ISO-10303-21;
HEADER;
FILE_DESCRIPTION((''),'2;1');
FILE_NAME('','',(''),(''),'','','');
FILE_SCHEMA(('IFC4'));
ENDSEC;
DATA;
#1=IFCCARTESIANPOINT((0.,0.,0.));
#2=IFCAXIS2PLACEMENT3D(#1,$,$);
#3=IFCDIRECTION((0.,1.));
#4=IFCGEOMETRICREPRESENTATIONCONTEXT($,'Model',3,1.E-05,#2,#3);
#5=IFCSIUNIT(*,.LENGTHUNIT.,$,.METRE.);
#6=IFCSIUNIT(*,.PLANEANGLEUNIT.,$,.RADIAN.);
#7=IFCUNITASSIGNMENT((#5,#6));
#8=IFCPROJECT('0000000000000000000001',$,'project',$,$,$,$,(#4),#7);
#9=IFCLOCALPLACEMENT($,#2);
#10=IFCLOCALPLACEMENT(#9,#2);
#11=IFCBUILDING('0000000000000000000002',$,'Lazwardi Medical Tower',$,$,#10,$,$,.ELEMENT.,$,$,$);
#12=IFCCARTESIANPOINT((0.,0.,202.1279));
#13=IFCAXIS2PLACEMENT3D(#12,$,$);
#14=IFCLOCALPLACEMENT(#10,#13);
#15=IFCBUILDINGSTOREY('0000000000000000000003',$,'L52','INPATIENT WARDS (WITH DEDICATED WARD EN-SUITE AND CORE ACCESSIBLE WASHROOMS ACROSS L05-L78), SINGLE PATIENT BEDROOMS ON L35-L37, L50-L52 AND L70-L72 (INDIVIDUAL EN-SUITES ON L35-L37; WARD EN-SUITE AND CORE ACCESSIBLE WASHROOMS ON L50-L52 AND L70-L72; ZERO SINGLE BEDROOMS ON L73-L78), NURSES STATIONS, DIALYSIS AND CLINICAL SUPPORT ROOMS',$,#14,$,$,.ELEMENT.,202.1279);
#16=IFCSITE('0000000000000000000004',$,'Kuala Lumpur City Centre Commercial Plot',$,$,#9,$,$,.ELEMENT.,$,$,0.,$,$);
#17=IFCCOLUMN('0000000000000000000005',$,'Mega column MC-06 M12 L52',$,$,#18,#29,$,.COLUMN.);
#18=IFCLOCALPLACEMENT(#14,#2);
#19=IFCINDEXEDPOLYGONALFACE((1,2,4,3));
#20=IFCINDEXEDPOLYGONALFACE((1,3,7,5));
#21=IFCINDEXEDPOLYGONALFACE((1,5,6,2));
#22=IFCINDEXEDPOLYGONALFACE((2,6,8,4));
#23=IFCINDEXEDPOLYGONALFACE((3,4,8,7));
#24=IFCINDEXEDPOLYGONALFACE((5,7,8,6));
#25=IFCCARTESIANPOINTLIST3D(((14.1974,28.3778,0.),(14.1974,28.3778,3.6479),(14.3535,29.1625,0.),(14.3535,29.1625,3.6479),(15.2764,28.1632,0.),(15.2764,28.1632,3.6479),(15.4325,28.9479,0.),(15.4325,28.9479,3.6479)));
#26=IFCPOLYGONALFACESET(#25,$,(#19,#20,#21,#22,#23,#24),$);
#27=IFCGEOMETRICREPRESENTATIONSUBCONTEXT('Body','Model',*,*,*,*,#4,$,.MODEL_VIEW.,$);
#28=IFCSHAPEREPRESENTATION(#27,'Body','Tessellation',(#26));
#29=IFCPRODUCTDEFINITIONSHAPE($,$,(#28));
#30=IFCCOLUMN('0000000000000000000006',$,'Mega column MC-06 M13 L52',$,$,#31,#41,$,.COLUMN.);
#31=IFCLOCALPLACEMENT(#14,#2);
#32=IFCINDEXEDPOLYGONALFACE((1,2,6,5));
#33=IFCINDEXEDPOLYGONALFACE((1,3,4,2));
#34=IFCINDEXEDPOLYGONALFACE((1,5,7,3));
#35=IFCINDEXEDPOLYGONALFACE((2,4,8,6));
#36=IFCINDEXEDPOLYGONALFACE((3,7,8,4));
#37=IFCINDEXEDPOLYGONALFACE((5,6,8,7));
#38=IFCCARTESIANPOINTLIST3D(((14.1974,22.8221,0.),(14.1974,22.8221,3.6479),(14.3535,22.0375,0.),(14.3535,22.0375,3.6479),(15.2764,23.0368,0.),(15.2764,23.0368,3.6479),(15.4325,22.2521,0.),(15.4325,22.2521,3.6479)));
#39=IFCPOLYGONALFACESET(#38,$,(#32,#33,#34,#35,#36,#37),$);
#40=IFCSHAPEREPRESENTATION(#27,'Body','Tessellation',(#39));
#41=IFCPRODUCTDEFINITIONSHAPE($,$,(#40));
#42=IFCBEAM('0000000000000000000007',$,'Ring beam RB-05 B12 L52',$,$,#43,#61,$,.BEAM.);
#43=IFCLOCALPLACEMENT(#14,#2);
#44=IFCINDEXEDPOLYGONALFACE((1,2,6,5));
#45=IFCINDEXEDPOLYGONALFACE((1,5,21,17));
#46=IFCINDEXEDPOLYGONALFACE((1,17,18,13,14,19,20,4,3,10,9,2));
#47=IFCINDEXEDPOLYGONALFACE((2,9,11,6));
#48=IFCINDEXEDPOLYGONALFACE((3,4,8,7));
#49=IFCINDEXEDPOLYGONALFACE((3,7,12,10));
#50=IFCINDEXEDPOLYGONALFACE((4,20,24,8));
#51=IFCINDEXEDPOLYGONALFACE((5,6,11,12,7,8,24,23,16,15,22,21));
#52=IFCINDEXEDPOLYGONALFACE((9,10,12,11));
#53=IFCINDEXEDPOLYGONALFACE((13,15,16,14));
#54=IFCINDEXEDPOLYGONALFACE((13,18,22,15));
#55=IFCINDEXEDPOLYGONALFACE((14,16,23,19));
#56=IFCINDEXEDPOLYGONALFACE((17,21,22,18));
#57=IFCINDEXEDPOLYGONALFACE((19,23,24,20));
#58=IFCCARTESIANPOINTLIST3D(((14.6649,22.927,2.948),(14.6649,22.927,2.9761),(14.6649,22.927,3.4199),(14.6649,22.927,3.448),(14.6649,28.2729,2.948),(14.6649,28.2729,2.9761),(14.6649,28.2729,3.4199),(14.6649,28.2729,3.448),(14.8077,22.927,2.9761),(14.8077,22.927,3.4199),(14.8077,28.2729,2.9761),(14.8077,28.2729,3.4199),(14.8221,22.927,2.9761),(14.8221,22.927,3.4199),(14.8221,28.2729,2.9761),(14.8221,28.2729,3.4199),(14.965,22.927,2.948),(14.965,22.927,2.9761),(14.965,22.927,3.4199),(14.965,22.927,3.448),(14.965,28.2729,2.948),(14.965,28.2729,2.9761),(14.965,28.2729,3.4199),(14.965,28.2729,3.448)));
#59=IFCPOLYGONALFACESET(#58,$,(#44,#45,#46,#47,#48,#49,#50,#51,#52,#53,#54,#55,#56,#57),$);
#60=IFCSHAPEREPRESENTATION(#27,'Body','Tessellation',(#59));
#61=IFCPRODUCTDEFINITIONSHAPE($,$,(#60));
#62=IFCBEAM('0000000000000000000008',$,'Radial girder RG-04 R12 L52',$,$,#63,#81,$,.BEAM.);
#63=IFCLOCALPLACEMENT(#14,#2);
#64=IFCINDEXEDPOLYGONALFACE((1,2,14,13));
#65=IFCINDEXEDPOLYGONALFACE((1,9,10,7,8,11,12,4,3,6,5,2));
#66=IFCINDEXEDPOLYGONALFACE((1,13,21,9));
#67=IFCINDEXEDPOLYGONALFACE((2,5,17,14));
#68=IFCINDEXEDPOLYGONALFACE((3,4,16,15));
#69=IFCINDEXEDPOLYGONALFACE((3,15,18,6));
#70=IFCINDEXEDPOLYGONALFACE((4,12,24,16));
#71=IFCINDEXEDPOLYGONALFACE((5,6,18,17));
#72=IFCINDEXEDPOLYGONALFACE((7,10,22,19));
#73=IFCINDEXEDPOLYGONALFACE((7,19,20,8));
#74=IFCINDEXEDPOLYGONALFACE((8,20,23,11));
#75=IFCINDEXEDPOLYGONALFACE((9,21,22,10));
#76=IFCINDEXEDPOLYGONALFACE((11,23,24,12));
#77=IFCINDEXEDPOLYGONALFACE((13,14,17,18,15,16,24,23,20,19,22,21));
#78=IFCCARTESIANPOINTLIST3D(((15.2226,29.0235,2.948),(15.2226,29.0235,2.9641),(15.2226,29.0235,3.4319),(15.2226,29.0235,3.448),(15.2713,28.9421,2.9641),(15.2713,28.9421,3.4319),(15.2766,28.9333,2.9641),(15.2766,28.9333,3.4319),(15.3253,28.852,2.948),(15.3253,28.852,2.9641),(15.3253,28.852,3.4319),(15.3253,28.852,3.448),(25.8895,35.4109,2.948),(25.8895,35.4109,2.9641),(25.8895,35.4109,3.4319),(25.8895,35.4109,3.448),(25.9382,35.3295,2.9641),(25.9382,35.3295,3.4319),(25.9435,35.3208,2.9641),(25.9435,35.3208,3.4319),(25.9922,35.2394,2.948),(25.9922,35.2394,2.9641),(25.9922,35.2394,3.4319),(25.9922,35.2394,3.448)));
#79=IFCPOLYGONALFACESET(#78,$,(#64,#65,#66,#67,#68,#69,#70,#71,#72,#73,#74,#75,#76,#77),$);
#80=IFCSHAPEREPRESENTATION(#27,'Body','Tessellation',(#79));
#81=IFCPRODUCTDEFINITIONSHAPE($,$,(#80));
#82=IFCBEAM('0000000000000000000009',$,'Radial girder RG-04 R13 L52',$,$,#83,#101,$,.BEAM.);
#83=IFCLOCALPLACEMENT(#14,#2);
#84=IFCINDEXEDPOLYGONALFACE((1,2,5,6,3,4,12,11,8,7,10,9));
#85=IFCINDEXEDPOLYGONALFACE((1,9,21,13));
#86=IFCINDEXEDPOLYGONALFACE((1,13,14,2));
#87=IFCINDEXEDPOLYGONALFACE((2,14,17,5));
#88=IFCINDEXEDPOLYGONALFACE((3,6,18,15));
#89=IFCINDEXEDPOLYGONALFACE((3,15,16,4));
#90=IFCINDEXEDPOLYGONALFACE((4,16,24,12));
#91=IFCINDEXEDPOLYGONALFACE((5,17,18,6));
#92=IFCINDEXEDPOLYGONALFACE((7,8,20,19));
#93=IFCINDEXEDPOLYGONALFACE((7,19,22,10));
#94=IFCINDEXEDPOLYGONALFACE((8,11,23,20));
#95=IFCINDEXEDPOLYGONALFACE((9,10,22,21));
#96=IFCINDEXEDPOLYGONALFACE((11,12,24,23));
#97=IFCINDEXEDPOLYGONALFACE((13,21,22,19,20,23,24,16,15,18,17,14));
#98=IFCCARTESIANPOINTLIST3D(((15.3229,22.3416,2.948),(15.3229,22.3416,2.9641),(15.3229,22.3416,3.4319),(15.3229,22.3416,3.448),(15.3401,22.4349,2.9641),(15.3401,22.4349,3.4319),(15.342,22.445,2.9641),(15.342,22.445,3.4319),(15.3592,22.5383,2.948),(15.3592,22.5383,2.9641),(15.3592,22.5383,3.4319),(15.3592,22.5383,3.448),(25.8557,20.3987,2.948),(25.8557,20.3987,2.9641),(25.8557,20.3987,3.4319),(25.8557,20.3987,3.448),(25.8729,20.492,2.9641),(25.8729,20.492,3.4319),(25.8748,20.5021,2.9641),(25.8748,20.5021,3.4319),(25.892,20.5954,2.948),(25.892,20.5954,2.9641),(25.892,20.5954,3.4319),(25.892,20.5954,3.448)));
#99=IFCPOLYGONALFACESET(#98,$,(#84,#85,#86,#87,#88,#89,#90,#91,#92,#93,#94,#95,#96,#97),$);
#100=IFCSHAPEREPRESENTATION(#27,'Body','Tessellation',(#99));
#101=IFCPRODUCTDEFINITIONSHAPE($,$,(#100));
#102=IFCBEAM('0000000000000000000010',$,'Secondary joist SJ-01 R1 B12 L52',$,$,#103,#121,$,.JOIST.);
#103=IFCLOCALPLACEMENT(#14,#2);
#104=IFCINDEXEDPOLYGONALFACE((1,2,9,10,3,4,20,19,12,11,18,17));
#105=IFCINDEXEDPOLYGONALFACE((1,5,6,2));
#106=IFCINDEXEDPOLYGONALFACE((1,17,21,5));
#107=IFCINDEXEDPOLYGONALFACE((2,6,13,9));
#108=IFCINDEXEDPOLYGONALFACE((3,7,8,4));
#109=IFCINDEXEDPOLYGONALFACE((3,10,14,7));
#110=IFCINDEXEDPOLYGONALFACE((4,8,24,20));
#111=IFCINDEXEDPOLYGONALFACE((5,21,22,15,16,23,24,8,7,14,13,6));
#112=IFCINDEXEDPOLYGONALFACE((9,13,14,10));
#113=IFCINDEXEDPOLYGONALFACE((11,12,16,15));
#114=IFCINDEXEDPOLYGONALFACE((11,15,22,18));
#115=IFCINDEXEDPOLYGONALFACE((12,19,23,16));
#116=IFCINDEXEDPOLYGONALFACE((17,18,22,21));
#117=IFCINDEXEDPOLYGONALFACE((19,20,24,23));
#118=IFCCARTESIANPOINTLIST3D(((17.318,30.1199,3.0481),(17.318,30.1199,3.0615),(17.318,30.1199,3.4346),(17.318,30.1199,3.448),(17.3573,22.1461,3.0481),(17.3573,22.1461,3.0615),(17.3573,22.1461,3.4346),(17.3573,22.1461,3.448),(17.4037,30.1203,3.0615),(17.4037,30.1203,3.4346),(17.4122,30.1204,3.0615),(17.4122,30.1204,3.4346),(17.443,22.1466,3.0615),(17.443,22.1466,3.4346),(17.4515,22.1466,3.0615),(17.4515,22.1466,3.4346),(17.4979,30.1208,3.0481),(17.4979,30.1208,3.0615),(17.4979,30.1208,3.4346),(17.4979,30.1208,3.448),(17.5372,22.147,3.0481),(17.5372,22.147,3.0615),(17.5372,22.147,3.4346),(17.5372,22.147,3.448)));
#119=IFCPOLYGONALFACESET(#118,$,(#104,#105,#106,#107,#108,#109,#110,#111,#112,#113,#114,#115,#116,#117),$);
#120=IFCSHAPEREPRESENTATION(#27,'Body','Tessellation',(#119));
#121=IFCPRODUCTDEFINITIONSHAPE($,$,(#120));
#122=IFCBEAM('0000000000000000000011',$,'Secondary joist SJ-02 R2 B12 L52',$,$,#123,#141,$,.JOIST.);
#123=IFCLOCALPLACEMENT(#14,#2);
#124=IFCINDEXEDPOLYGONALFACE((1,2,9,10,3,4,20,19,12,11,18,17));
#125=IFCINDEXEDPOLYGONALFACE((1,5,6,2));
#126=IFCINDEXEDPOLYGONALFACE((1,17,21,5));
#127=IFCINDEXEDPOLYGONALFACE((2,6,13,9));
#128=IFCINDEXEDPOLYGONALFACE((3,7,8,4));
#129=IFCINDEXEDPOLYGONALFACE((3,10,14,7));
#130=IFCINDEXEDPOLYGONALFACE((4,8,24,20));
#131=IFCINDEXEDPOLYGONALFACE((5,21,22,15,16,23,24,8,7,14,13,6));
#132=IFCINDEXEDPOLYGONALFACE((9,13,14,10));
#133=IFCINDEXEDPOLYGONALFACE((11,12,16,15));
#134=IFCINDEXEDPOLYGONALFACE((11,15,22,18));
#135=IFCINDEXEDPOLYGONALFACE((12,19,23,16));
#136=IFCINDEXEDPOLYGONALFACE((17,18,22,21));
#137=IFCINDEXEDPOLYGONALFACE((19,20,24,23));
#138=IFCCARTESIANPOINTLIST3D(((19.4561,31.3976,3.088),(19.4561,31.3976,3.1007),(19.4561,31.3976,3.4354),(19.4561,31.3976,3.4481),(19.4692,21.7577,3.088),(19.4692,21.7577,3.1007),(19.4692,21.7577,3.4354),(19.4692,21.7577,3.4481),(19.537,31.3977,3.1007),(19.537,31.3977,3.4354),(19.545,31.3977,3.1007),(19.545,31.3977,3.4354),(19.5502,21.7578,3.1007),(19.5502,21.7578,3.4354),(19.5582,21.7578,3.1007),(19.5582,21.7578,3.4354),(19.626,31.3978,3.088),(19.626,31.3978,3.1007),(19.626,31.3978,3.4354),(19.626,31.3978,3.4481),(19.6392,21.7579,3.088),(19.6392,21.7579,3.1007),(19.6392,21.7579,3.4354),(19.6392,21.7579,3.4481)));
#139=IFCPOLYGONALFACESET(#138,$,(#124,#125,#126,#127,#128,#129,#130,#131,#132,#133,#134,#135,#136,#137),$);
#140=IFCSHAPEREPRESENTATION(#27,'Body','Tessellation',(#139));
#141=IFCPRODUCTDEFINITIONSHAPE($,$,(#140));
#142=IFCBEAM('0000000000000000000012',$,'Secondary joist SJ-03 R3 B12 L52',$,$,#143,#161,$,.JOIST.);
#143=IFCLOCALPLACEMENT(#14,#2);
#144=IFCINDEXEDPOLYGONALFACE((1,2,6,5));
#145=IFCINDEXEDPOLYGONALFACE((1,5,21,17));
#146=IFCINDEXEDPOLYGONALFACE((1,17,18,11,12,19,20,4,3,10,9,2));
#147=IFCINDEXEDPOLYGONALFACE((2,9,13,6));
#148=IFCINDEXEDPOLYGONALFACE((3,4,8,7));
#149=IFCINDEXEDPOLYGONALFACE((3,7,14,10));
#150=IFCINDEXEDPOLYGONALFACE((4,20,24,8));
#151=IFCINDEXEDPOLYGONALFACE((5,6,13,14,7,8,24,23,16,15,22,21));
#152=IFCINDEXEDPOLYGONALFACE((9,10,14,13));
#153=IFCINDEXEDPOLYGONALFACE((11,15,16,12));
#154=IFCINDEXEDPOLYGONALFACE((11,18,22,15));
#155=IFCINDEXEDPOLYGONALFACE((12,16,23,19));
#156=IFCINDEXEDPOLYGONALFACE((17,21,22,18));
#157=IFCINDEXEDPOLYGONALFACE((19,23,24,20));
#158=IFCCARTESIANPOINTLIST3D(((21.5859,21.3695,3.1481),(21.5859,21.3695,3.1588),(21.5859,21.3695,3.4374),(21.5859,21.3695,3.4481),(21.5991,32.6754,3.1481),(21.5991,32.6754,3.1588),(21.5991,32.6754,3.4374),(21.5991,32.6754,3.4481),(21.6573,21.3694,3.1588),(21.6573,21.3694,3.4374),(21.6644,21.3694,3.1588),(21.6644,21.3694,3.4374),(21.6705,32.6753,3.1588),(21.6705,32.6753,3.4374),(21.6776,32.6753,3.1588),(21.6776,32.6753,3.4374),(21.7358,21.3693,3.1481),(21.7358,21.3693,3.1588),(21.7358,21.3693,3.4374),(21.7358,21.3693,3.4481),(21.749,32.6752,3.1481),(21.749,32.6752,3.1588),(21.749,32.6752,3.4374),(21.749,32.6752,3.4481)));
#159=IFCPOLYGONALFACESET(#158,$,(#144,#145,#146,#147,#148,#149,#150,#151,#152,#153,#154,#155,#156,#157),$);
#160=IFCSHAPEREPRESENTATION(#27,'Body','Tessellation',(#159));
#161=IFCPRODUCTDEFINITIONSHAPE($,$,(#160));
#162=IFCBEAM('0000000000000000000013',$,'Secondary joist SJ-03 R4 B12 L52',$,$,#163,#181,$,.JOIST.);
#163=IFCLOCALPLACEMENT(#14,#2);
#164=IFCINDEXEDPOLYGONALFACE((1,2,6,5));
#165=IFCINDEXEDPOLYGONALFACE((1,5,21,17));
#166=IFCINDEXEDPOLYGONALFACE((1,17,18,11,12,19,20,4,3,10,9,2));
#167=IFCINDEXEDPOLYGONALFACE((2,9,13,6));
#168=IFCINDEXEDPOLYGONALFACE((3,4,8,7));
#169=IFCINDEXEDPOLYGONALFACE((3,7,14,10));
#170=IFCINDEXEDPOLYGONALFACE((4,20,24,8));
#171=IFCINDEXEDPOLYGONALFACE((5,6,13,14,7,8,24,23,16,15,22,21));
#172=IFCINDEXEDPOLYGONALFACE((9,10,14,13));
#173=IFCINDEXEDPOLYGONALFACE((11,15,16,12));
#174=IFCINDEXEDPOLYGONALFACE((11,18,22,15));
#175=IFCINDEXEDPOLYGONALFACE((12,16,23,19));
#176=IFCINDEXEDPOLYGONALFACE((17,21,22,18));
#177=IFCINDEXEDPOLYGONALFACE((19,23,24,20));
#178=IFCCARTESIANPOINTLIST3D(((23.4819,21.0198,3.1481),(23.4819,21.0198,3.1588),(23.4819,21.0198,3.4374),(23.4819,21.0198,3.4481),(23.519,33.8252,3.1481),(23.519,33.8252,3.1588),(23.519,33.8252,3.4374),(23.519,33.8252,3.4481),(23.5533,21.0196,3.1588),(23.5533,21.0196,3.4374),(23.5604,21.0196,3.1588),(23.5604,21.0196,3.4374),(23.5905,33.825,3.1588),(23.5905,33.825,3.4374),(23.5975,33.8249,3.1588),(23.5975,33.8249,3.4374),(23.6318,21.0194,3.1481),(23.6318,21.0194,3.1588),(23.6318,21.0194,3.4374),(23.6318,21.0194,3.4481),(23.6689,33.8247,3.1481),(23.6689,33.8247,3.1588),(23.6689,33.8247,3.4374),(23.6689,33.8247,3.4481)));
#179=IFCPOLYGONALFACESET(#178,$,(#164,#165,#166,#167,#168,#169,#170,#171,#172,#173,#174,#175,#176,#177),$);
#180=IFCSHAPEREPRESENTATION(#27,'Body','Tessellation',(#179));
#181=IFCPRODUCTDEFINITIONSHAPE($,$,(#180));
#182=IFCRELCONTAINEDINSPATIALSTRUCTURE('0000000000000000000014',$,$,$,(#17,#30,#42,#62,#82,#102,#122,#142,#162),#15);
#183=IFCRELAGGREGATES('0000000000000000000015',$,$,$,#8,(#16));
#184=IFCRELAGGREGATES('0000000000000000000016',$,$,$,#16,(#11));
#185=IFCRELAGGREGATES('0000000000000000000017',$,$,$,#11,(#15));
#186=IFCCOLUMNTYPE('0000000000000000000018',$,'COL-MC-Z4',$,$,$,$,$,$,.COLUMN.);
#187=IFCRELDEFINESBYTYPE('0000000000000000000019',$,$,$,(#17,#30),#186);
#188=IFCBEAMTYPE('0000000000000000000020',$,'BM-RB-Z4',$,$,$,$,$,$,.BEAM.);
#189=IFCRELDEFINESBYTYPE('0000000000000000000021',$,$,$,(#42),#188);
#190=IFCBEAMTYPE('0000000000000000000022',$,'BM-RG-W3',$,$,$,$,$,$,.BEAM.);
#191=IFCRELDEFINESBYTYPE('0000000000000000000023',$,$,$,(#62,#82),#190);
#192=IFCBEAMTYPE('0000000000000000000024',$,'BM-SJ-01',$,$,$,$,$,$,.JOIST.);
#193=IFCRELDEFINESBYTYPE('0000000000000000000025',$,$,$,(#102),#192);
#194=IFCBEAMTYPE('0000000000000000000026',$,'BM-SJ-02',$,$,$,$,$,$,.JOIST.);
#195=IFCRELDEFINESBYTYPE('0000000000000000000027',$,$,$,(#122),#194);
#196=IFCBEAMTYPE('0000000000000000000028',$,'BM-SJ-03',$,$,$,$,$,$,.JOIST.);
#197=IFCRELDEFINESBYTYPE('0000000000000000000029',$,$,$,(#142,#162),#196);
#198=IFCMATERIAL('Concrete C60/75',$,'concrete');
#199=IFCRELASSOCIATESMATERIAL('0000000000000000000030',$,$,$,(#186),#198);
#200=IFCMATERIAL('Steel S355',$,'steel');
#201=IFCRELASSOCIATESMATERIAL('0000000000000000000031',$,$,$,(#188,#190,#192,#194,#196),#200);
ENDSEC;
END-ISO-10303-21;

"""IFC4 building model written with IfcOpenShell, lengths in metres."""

from ifc_helpers import new_model, si_unit, direction, frame, origin, origin_2d, place, context, subcontext, project, spatial, rectangle, i_section, extrude, material, material_profile, profile_set, type_object, element, save


model = new_model("IFC4")

# Units and contexts
model_context = context("Model", 3, precision=1e-05, world=origin(), true_north=direction((0.0, 1.0)))
body_context = subcontext(model_context, "Body", "Model", "MODEL_VIEW")
ifc_project = project(units=[si_unit("LENGTHUNIT", "METRE"), si_unit("PLANEANGLEUNIT", "RADIAN")], contexts=[model_context])

# Site, building, storey
site_placement = place(None, origin())
site = spatial("IfcSite", under=ifc_project, at=site_placement, Name="Kuala Lumpur City Centre Commercial Plot", CompositionType="ELEMENT", RefElevation=0.0)
building_placement = place(site_placement, origin())
building = spatial("IfcBuilding", under=site, at=building_placement, Name="Lazwardi Medical Tower", CompositionType="ELEMENT")
storey_placement = place(building_placement, frame((0.0, 0.0, 202.1279)))
storey = spatial("IfcBuildingStorey", under=building, at=storey_placement, Name="L52", Description="INPATIENT WARDS (WITH DEDICATED WARD EN-SUITE AND CORE ACCESSIBLE WASHROOMS ACROSS L05-L78), SINGLE PATIENT BEDROOMS ON L35-L37, L50-L52 AND L70-L72 (INDIVIDUAL EN-SUITES ON L35-L37; WARD EN-SUITE AND CORE ACCESSIBLE WASHROOMS ON L50-L52 AND L70-L72; ZERO SINGLE BEDROOMS ON L73-L78), NURSES STATIONS, DIALYSIS AND CLINICAL SUPPORT ROOMS", CompositionType="ELEMENT", Elevation=202.1279)

# Columns
ifc_material_1 = material(Name="Concrete C60/75", Category="concrete")
ifc_material_profile_1 = material_profile(ifc_material_1, rectangle(XDim=1.1001, YDim=0.8, at=origin_2d()), Name="CFT-RECT 1100x800")
ifc_profile_set_1 = profile_set([ifc_material_profile_1], Name="Concrete C60/75")
column_type = type_object("IfcColumnType", Name="COL-MC-Z4", PredefinedType="COLUMN", material=ifc_profile_set_1)
for number, where, z_axis, x_axis, name in (
    (1, (14.8149, 28.6628, 0.0), (0.0, 0.0, 1.0), (-0.980785, 0.19509, 0.0), "Mega column MC-06 M12 L52"),
    (2, (14.8149, 22.5371, 0.0), (0.0, 0.0, 1.0), (-0.980785, -0.19509, 0.0), "Mega column MC-06 M13 L52"),
):
    element("IfcColumn", number, at=place(storey_placement, frame(where, z_axis=z_axis, x_axis=x_axis)), inside=storey, type_object=column_type, Name=name, PredefinedType="COLUMN", context=body_context, shape_type="SweptSolid", body=[
        extrude(rectangle(XDim=1.1001, YDim=0.8, at=origin_2d()), origin(), (0.0, 0.0, 1.0), 3.6479),
    ])

# Beams
ifc_material_2 = material(Name="Steel S355", Category="steel")
ifc_material_profile_2 = material_profile(ifc_material_2, i_section(OverallWidth=0.3, OverallDepth=0.5, WebThickness=0.0144, FlangeThickness=0.0281, at=origin_2d()), Name="HEB 500")
ifc_profile_set_2 = profile_set([ifc_material_profile_2], Name="Steel S355")
beam_type_1 = type_object("IfcBeamType", Name="BM-RB-Z4", PredefinedType="BEAM", material=ifc_profile_set_2)
beam_1_placement = place(storey_placement, frame((14.8149, 28.2729, 3.198), z_axis=(0.0, -1.0, 0.0), x_axis=(1.0, 0.0, 0.0)))
element("IfcBeam", 3, at=beam_1_placement, inside=storey, type_object=beam_type_1, Name="Ring beam RB-05 B12 L52", PredefinedType="BEAM", context=body_context, shape_type="SweptSolid", body=[
    extrude(i_section(OverallWidth=0.3, OverallDepth=0.5, WebThickness=0.0144, FlangeThickness=0.0281, at=origin_2d()), origin(), (0.0, 0.0, 1.0), 5.3459),
])
ifc_material_profile_3 = material_profile(ifc_material_2, i_section(OverallWidth=0.2, OverallDepth=0.5, WebThickness=0.0103, FlangeThickness=0.0161, at=origin_2d()), Name="IPE 500")
ifc_profile_set_3 = profile_set([ifc_material_profile_3], Name="Steel S355")
beam_type_2 = type_object("IfcBeamType", Name="BM-RG-W3", PredefinedType="BEAM", material=ifc_profile_set_3)
beam_2_placement = place(storey_placement, frame((15.2739, 28.9377, 3.198), z_axis=(0.857945, 0.513742, 0.0), x_axis=(-0.513742, 0.857945, 0.0)))
element("IfcBeam", 4, at=beam_2_placement, inside=storey, type_object=beam_type_2, Name="Radial girder RG-04 R12 L52", PredefinedType="BEAM", context=body_context, shape_type="SweptSolid", body=[
    extrude(i_section(OverallWidth=0.2, OverallDepth=0.5, WebThickness=0.0103, FlangeThickness=0.0161, at=origin_2d()), origin(), (0.0, 0.0, 1.0), 12.4331),
])
beam_3_placement = place(storey_placement, frame((15.3411, 22.4399, 3.198), z_axis=(0.983409, -0.1814, 0.0), x_axis=(0.1814, 0.983409, 0.0)))
element("IfcBeam", 5, at=beam_3_placement, inside=storey, type_object=beam_type_2, Name="Radial girder RG-04 R13 L52", PredefinedType="BEAM", context=body_context, shape_type="SweptSolid", body=[
    extrude(i_section(OverallWidth=0.2, OverallDepth=0.5, WebThickness=0.0103, FlangeThickness=0.0161, at=origin_2d()), origin(), (0.0, 0.0, 1.0), 10.7104),
])
ifc_material_profile_4 = material_profile(ifc_material_2, i_section(OverallWidth=0.1799, OverallDepth=0.3999, WebThickness=0.0085, FlangeThickness=0.0134, at=origin_2d()), Name="IPE 400")
ifc_profile_set_4 = profile_set([ifc_material_profile_4], Name="Steel S355")
beam_type_3 = type_object("IfcBeamType", Name="BM-SJ-01", PredefinedType="JOIST", material=ifc_profile_set_4)
beam_4_placement = place(storey_placement, frame((17.408, 30.1204, 3.248), z_axis=(0.004929, -0.999988, 0.0), x_axis=(0.999988, 0.004929, 0.0)))
element("IfcBeam", 6, at=beam_4_placement, inside=storey, type_object=beam_type_3, Name="Secondary joist SJ-01 R1 B12 L52", PredefinedType="JOIST", context=body_context, shape_type="SweptSolid", body=[
    extrude(i_section(OverallWidth=0.1799, OverallDepth=0.3999, WebThickness=0.0085, FlangeThickness=0.0134, at=origin_2d()), origin(), (0.0, 0.0, 1.0), 7.9739),
])
ifc_material_profile_5 = material_profile(ifc_material_2, i_section(OverallWidth=0.1699, OverallDepth=0.3601, WebThickness=0.0081, FlangeThickness=0.0127, at=origin_2d()), Name="IPE 360")
ifc_profile_set_5 = profile_set([ifc_material_profile_5], Name="Steel S355")
beam_type_4 = type_object("IfcBeamType", Name="BM-SJ-02", PredefinedType="JOIST", material=ifc_profile_set_5)
beam_5_placement = place(storey_placement, frame((19.541, 31.3977, 3.2681), z_axis=(0.001368, -0.999999, 0.0), x_axis=(0.999999, 0.001368, 0.0)))
element("IfcBeam", 7, at=beam_5_placement, inside=storey, type_object=beam_type_4, Name="Secondary joist SJ-02 R2 B12 L52", PredefinedType="JOIST", context=body_context, shape_type="SweptSolid", body=[
    extrude(i_section(OverallWidth=0.1699, OverallDepth=0.3601, WebThickness=0.0081, FlangeThickness=0.0127, at=origin_2d()), origin(), (0.0, 0.0, 1.0), 9.6399),
])
ifc_material_profile_6 = material_profile(ifc_material_2, i_section(OverallWidth=0.1499, OverallDepth=0.3, WebThickness=0.0071, FlangeThickness=0.0107, at=origin_2d()), Name="IPE 300")
ifc_profile_set_6 = profile_set([ifc_material_profile_6], Name="Steel S355")
beam_type_5 = type_object("IfcBeamType", Name="BM-SJ-03", PredefinedType="JOIST", material=ifc_profile_set_6)
beam_6_placement = place(storey_placement, frame((21.6741, 32.6753, 3.2981), z_axis=(-0.001166, -0.999999, 0.0), x_axis=(0.999999, -0.001166, 0.0)))
element("IfcBeam", 8, at=beam_6_placement, inside=storey, type_object=beam_type_5, Name="Secondary joist SJ-03 R3 B12 L52", PredefinedType="JOIST", context=body_context, shape_type="SweptSolid", body=[
    extrude(i_section(OverallWidth=0.1499, OverallDepth=0.3, WebThickness=0.0071, FlangeThickness=0.0107, at=origin_2d()), origin(), (0.0, 0.0, 1.0), 11.3059),
])
beam_7_placement = place(storey_placement, frame((23.594, 33.825, 3.2981), z_axis=(-0.002898, -0.999996, 0.0), x_axis=(0.999996, -0.002898, 0.0)))
element("IfcBeam", 9, at=beam_7_placement, inside=storey, type_object=beam_type_5, Name="Secondary joist SJ-03 R4 B12 L52", PredefinedType="JOIST", context=body_context, shape_type="SweptSolid", body=[
    extrude(i_section(OverallWidth=0.1499, OverallDepth=0.3, WebThickness=0.0071, FlangeThickness=0.0107, at=origin_2d()), origin(), (0.0, 0.0, 1.0), 12.8054),
])

save(model, "model.ifc")
